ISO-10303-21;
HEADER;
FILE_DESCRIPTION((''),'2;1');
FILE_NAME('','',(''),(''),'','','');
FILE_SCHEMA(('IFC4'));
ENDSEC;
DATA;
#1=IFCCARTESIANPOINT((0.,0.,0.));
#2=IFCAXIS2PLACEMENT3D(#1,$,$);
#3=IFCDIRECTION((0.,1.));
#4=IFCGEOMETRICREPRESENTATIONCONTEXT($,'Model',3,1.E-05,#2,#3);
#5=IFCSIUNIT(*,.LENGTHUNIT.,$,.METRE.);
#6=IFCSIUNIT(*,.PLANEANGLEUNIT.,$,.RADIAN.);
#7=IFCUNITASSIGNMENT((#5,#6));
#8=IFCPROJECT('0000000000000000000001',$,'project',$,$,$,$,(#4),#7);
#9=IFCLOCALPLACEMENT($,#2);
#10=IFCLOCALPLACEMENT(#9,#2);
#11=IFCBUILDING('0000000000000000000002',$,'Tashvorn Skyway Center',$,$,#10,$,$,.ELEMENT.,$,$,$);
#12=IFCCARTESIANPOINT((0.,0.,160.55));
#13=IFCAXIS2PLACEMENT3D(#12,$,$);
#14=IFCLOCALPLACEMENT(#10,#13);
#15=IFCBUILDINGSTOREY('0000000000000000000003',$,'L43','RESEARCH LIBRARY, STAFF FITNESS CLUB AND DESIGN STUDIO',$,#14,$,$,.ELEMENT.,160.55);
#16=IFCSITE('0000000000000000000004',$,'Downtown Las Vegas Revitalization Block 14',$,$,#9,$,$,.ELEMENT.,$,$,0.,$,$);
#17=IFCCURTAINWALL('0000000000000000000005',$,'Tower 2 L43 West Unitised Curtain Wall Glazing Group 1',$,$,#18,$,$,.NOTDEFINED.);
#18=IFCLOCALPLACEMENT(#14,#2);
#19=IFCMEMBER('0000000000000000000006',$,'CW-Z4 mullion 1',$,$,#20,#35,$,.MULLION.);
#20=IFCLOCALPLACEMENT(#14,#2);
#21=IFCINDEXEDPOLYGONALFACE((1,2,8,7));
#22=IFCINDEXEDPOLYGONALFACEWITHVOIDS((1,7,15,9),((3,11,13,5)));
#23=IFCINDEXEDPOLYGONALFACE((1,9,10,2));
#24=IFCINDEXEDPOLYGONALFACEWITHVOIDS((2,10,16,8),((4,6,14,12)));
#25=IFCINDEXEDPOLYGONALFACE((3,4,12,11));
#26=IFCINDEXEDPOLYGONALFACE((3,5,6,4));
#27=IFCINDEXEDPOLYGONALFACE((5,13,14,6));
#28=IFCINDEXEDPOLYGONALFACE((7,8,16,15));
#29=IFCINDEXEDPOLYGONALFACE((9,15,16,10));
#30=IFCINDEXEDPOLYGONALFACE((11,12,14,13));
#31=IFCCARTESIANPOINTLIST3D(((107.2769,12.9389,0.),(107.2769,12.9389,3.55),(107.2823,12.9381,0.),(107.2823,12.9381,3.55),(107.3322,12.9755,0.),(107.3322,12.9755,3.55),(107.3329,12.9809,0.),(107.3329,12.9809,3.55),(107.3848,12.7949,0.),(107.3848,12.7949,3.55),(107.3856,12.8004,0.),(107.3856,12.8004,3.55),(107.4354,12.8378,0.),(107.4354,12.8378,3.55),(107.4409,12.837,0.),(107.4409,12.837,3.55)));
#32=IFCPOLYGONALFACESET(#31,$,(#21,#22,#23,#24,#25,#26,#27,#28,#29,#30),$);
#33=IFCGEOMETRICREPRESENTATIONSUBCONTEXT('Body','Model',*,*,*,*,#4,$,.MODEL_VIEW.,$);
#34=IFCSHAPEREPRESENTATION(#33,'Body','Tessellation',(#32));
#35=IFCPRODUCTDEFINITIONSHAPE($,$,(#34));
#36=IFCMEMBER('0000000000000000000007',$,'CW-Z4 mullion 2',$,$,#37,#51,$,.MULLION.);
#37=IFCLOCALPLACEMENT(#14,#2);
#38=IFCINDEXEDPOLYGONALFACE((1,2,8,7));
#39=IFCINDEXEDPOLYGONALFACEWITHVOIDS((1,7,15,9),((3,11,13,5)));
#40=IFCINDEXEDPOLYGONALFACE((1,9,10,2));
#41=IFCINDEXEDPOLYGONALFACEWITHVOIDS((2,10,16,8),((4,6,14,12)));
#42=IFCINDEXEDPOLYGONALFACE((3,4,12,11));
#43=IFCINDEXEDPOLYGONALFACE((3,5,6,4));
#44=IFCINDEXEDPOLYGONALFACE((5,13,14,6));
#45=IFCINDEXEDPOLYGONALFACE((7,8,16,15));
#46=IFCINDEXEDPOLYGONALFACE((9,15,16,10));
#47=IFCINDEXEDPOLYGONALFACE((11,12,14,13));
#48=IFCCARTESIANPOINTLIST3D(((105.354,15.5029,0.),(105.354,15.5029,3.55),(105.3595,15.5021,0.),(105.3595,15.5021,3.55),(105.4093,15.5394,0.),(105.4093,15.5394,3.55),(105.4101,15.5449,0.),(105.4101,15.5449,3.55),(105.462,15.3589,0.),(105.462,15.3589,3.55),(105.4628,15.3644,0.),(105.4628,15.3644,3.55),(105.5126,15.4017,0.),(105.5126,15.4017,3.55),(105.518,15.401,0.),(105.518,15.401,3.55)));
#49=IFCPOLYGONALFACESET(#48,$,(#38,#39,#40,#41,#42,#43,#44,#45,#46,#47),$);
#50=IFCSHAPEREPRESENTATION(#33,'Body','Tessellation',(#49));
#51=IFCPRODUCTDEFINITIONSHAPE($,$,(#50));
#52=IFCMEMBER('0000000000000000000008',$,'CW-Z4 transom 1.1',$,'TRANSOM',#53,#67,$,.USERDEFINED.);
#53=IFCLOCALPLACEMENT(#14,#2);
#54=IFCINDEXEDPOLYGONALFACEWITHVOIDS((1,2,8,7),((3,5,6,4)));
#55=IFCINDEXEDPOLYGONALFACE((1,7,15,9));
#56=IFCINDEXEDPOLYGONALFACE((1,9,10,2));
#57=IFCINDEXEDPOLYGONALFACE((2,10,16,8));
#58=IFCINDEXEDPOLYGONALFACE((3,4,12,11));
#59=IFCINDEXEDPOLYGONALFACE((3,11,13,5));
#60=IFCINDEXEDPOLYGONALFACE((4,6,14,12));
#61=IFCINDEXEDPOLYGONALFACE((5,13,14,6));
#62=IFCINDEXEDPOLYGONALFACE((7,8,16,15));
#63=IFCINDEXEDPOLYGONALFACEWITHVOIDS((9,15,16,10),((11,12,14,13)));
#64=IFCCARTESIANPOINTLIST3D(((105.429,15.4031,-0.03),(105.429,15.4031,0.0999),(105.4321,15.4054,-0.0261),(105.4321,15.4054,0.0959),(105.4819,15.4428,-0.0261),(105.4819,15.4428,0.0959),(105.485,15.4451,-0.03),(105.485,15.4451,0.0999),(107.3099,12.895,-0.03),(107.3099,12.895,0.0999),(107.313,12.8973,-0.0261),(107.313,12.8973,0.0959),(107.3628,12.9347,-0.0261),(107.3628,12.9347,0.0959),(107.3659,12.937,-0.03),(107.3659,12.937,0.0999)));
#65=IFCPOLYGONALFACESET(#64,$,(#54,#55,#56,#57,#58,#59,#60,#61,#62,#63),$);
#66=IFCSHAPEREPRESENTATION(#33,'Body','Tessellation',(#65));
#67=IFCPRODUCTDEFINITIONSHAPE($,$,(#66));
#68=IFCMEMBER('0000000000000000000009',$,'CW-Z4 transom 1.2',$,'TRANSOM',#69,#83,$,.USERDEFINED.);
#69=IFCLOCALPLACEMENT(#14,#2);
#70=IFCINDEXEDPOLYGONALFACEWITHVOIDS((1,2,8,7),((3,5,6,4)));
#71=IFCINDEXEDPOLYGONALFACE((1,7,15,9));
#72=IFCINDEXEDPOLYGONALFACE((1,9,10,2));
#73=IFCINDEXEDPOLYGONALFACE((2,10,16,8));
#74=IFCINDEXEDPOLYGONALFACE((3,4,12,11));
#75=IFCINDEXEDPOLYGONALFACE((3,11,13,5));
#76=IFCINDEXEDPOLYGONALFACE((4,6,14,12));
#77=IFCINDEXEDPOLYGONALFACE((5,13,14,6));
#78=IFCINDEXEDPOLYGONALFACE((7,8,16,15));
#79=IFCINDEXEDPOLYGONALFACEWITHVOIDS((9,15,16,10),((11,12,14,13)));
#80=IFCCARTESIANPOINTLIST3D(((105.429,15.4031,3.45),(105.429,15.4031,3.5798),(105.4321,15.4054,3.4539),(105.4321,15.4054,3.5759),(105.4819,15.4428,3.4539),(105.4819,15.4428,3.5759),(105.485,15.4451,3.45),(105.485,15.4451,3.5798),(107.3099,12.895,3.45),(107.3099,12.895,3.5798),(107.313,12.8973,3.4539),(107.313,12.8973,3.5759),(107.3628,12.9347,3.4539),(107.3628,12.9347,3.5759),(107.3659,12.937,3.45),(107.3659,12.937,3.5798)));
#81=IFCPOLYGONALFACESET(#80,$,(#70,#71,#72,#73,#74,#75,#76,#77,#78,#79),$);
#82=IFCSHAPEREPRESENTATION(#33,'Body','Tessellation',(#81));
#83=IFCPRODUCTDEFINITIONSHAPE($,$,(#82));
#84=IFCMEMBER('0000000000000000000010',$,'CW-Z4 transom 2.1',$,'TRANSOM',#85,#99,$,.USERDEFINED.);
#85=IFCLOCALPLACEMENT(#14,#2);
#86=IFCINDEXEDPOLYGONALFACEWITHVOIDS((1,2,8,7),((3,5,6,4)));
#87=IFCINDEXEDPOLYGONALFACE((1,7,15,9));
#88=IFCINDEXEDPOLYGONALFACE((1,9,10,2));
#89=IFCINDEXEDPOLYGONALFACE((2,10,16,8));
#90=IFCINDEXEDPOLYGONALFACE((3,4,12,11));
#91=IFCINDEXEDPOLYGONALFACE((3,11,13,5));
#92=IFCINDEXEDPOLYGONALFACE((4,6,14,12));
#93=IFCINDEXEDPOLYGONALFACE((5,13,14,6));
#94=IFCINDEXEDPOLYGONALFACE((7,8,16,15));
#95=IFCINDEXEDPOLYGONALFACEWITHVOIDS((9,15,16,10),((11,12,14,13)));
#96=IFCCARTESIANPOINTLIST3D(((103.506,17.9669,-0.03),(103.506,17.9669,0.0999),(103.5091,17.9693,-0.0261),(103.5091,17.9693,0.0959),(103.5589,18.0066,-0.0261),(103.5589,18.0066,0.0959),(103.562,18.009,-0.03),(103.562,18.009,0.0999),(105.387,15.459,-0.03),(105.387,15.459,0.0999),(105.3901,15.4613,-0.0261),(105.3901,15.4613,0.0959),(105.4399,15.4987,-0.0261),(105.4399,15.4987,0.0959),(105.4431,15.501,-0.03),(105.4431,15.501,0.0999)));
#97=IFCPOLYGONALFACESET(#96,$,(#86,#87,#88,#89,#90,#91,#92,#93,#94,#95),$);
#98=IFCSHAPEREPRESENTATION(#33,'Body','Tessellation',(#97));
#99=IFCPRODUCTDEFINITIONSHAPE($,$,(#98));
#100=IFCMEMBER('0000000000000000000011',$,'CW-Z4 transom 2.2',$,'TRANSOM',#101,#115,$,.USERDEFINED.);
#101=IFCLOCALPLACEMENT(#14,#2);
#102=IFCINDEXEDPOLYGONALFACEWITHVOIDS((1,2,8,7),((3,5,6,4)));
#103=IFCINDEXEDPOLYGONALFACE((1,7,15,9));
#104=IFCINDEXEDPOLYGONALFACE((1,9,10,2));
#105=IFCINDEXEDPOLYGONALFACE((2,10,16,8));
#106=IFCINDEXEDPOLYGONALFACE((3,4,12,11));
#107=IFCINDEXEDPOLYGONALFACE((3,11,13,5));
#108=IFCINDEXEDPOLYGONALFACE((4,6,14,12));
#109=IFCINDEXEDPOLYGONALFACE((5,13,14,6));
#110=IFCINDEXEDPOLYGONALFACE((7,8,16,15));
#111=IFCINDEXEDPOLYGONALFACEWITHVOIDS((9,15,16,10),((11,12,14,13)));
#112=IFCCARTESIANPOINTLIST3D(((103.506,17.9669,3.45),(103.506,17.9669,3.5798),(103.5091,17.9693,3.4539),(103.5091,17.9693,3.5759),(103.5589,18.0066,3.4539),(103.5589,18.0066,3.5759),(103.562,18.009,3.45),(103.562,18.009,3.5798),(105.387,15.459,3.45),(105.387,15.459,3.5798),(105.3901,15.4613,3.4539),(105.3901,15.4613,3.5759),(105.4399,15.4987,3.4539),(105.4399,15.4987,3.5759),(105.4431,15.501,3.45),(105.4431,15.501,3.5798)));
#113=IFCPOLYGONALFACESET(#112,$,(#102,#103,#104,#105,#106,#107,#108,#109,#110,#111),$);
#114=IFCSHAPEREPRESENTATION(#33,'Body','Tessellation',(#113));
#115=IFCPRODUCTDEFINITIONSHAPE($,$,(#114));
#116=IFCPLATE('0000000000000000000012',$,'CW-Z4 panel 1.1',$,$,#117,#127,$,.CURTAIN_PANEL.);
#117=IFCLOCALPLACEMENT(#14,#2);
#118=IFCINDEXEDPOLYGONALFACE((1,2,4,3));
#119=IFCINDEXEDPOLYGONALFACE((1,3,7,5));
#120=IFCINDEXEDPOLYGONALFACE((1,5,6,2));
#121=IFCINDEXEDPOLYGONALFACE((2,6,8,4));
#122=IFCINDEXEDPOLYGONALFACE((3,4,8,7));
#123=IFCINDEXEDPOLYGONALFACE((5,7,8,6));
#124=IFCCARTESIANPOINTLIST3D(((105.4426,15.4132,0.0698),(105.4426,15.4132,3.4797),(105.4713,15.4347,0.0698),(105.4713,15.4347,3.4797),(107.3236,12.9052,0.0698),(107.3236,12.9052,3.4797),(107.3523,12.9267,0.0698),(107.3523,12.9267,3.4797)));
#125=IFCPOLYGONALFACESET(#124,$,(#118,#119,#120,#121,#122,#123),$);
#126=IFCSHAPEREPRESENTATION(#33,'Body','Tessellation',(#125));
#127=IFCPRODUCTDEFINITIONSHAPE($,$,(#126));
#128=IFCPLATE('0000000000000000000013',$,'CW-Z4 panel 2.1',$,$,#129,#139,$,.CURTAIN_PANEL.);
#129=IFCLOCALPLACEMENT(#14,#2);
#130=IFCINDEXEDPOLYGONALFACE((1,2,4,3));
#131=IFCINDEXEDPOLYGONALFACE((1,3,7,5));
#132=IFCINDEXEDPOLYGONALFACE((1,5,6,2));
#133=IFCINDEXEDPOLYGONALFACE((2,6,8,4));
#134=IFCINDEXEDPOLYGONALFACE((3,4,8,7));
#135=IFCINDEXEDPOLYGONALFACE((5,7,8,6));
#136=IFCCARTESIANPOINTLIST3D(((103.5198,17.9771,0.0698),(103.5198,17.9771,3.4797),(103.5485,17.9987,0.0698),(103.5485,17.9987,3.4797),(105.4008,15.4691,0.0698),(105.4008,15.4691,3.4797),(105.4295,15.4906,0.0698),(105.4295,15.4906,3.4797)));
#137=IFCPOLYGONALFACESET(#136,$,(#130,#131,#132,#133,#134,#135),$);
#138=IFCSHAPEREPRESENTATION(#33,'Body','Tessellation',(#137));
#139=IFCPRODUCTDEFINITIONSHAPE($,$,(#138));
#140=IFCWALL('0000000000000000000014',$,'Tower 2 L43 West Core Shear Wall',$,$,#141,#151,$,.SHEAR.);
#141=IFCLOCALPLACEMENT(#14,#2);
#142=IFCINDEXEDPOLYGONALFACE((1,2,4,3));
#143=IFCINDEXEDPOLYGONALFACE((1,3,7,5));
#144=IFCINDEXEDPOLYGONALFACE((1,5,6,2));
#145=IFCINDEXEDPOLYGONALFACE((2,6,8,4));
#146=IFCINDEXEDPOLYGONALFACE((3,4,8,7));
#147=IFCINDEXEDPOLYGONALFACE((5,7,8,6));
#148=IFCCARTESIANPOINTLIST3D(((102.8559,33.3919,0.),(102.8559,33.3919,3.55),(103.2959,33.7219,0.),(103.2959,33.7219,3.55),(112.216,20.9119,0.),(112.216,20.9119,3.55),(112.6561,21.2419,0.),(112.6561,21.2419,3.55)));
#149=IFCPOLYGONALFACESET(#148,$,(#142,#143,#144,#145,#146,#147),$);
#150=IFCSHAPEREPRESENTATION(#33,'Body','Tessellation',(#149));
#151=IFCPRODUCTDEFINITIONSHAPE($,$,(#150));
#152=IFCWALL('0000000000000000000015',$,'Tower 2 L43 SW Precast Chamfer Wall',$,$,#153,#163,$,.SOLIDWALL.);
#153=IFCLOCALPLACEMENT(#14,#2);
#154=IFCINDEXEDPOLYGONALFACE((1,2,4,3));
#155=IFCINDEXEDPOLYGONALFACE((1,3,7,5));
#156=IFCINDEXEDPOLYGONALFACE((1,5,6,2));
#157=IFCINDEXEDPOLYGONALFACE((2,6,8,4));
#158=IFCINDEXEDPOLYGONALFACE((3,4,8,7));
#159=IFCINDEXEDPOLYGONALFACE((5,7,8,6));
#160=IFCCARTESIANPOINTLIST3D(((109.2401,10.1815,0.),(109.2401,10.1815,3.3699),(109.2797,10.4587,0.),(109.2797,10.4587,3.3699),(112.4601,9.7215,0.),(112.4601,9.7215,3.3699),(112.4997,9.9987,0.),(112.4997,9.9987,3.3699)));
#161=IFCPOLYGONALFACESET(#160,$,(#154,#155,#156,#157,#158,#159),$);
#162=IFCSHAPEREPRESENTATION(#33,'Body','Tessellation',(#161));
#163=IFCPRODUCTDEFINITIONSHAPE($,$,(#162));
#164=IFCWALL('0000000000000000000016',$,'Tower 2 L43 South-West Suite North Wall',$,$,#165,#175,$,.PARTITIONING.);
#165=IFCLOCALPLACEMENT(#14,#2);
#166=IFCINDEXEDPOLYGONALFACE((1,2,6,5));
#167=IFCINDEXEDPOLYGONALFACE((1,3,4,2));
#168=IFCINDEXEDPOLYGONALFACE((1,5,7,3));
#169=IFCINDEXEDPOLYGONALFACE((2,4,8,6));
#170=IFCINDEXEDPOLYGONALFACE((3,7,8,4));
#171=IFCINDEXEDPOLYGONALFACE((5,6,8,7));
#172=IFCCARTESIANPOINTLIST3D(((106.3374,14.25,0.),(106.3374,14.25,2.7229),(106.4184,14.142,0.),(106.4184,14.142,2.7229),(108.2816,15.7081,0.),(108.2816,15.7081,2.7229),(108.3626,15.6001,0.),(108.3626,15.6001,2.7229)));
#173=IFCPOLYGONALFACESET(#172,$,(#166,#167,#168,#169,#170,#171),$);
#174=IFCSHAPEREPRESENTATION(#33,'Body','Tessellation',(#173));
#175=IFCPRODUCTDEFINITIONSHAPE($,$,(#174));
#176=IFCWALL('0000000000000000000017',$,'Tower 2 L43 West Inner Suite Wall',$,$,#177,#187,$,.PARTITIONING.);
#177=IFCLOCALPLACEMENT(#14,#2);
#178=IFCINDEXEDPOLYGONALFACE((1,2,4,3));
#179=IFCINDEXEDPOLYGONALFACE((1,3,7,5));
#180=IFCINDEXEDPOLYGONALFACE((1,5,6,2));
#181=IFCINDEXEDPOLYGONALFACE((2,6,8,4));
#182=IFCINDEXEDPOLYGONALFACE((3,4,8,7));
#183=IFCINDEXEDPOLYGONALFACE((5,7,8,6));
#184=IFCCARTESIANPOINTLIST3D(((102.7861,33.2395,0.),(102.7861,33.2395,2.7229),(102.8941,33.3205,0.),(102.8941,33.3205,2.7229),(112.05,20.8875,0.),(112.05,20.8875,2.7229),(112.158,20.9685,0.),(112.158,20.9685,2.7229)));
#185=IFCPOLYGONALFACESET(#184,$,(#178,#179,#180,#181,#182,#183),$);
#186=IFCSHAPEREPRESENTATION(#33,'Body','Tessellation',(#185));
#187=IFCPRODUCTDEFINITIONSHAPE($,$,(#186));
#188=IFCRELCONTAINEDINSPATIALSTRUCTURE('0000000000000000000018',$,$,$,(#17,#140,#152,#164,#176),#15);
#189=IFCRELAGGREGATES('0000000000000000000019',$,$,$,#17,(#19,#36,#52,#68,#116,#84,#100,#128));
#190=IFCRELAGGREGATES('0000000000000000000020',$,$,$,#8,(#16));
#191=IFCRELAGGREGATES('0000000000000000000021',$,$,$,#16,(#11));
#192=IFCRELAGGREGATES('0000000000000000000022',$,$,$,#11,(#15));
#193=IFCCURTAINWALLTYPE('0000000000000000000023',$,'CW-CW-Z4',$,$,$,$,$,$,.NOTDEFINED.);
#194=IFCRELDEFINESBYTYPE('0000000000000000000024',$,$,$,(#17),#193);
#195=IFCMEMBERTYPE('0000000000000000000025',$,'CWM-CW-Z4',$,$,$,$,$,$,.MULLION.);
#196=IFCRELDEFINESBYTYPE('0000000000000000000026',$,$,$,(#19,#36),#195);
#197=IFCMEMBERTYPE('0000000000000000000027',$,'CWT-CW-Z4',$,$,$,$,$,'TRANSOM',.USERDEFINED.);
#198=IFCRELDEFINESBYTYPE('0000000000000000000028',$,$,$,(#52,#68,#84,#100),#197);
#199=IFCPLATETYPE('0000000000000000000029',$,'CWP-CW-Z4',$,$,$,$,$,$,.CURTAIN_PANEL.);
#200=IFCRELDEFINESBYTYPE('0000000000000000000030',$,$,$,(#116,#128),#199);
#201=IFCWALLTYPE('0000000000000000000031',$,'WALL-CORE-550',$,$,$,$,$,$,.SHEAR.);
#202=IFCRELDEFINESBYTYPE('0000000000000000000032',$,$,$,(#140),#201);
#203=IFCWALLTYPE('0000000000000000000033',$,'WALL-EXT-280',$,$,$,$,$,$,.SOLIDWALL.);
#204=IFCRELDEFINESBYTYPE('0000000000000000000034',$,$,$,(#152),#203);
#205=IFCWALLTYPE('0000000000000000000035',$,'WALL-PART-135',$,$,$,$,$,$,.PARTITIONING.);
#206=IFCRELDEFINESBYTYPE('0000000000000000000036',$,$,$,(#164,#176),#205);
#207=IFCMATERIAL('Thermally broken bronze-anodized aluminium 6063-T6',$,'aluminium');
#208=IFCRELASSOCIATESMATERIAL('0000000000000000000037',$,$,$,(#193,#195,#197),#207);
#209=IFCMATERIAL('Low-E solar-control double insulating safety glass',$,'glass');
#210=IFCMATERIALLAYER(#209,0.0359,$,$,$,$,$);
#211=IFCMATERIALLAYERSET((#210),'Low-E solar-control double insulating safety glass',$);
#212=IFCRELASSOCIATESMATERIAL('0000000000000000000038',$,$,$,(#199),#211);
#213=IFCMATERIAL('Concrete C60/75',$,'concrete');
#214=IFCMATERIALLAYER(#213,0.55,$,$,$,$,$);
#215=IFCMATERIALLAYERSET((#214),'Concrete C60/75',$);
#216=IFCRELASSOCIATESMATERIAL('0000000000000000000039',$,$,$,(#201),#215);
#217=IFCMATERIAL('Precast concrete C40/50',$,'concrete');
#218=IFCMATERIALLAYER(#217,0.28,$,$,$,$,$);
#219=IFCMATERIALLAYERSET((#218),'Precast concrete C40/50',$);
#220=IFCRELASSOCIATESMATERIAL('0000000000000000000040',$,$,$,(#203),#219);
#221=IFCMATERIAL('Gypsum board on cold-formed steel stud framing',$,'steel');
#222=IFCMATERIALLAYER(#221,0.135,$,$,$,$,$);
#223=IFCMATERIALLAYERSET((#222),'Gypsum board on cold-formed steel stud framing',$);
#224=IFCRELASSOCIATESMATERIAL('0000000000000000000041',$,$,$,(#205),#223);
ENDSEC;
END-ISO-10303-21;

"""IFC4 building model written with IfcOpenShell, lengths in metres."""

from ifc_helpers import new_model, si_unit, direction, frame, frame_2d, origin, origin_2d, place, context, subcontext, project, spatial, rectangle, hollow_rectangle, extrude, material, layer, layer_set, material_profile, profile_set, type_object, element, aggregate, save


model = new_model("IFC4")

# Units and contexts
model_context = context("Model", 3, precision=1e-05, world=origin(), true_north=direction((0.0, 1.0)))
body_context = subcontext(model_context, "Body", "Model", "MODEL_VIEW")
ifc_project = project(units=[si_unit("LENGTHUNIT", "METRE"), si_unit("PLANEANGLEUNIT", "RADIAN")], contexts=[model_context])

# Site, building, storey
site_placement = place(None, origin())
site = spatial("IfcSite", under=ifc_project, at=site_placement, Name="Downtown Las Vegas Revitalization Block 14", CompositionType="ELEMENT", RefElevation=0.0)
building_placement = place(site_placement, origin())
building = spatial("IfcBuilding", under=site, at=building_placement, Name="Tashvorn Skyway Center", CompositionType="ELEMENT")
storey_placement = place(building_placement, frame((0.0, 0.0, 160.55)))
storey = spatial("IfcBuildingStorey", under=building, at=storey_placement, Name="L43", Description="RESEARCH LIBRARY, STAFF FITNESS CLUB AND DESIGN STUDIO", CompositionType="ELEMENT", Elevation=160.55)

# Shared definitions
ifc_material_1 = material(Name="Concrete C60/75", Category="concrete")

# Curtain wall, members, plates
ifc_material_2 = material(Name="Thermally broken bronze-anodized aluminium 6063-T6", Category="aluminium")
curtain_wall_type = type_object("IfcCurtainWallType", Name="CW-CW-Z4", PredefinedType="NOTDEFINED", material=ifc_material_2)
curtain_wall_placement = place(storey_placement, origin())
curtain_wall = element("IfcCurtainWall", 1, at=curtain_wall_placement, inside=storey, type_object=curtain_wall_type, Name="Tower 2 L43 West Unitised Curtain Wall Glazing Group 1", PredefinedType="NOTDEFINED")
ifc_material_profile_1 = material_profile(ifc_material_2, hollow_rectangle(XDim=0.0701, YDim=0.1799, WallThickness=0.0039, at=origin_2d()), Name="ALU-MULL-70x180")
ifc_profile_set_1 = profile_set([ifc_material_profile_1], Name="Thermally broken bronze-anodized aluminium 6063-T6")
member_type_1 = type_object("IfcMemberType", Name="CWM-CW-Z4", PredefinedType="MULLION", material=ifc_profile_set_1)
member_1_placement = place(storey_placement, frame((107.3589, 12.8879, 0.0), z_axis=(0.0, 0.0, 1.0), x_axis=(-0.8, -0.6, 0.0)))
member_1 = element("IfcMember", 2, at=member_1_placement, type_object=member_type_1, Name="CW-Z4 mullion 1", PredefinedType="MULLION", context=body_context, shape_type="SweptSolid", body=[
    extrude(hollow_rectangle(XDim=0.0701, YDim=0.1799, WallThickness=0.0039, at=origin_2d()), origin(), (0.0, 0.0, 1.0), 3.55),
])
member_2_placement = place(storey_placement, frame((105.436, 15.4519, 0.0), z_axis=(0.0, 0.0, 1.0), x_axis=(-0.8, -0.6, 0.0)))
member_2 = element("IfcMember", 3, at=member_2_placement, type_object=member_type_1, Name="CW-Z4 mullion 2", PredefinedType="MULLION", context=body_context, shape_type="SweptSolid", body=[
    extrude(hollow_rectangle(XDim=0.0701, YDim=0.1799, WallThickness=0.0039, at=origin_2d()), origin(), (0.0, 0.0, 1.0), 3.55),
])
ifc_material_profile_2 = material_profile(ifc_material_2, hollow_rectangle(XDim=0.0701, YDim=0.1299, WallThickness=0.0039, at=origin_2d()), Name="ALU-TRAN-70x130")
ifc_profile_set_2 = profile_set([ifc_material_profile_2], Name="Thermally broken bronze-anodized aluminium 6063-T6")
member_type_2 = type_object("IfcMemberType", Name="CWT-CW-Z4", ElementType="TRANSOM", PredefinedType="USERDEFINED", material=ifc_profile_set_2)
member_3_placement = place(storey_placement, frame((107.3379, 12.916, 0.0349), z_axis=(-0.599963, 0.800028, 0.0), x_axis=(-0.800028, -0.599963, 0.0)))
member_3 = element("IfcMember", 4, at=member_3_placement, type_object=member_type_2, Name="CW-Z4 transom 1.1", ObjectType="TRANSOM", PredefinedType="USERDEFINED", context=body_context, shape_type="SweptSolid", body=[
    extrude(hollow_rectangle(XDim=0.0701, YDim=0.1299, WallThickness=0.0039, at=origin_2d()), origin(), (0.0, 0.0, 1.0), 3.135),
])
member_4_placement = place(storey_placement, frame((107.3379, 12.916, 3.5149), z_axis=(-0.599963, 0.800028, 0.0), x_axis=(-0.800028, -0.599963, 0.0)))
member_4 = element("IfcMember", 5, at=member_4_placement, type_object=member_type_2, Name="CW-Z4 transom 1.2", ObjectType="TRANSOM", PredefinedType="USERDEFINED", context=body_context, shape_type="SweptSolid", body=[
    extrude(hollow_rectangle(XDim=0.0701, YDim=0.1299, WallThickness=0.0039, at=origin_2d()), origin(), (0.0, 0.0, 1.0), 3.135),
])
member_5_placement = place(storey_placement, frame((105.415, 15.48, 0.0349), z_axis=(-0.600012, 0.799991, 0.0), x_axis=(-0.799991, -0.600012, 0.0)))
member_5 = element("IfcMember", 6, at=member_5_placement, type_object=member_type_2, Name="CW-Z4 transom 2.1", ObjectType="TRANSOM", PredefinedType="USERDEFINED", context=body_context, shape_type="SweptSolid", body=[
    extrude(hollow_rectangle(XDim=0.0701, YDim=0.1299, WallThickness=0.0039, at=origin_2d()), origin(), (0.0, 0.0, 1.0), 3.135),
])
member_6_placement = place(storey_placement, frame((105.415, 15.48, 3.5149), z_axis=(-0.600012, 0.799991, 0.0), x_axis=(-0.799991, -0.600012, 0.0)))
member_6 = element("IfcMember", 7, at=member_6_placement, type_object=member_type_2, Name="CW-Z4 transom 2.2", ObjectType="TRANSOM", PredefinedType="USERDEFINED", context=body_context, shape_type="SweptSolid", body=[
    extrude(hollow_rectangle(XDim=0.0701, YDim=0.1299, WallThickness=0.0039, at=origin_2d()), origin(), (0.0, 0.0, 1.0), 3.135),
])
ifc_material_3 = material(Name="Low-E solar-control double insulating safety glass", Category="glass")
ifc_layer_1 = layer(ifc_material_3, 0.0359)
ifc_layer_set_1 = layer_set([ifc_layer_1], Name="Low-E solar-control double insulating safety glass")
plate_type = type_object("IfcPlateType", Name="CWP-CW-Z4", PredefinedType="CURTAIN_PANEL", material=ifc_layer_set_1)
plate_1_placement = place(storey_placement, frame((106.3975, 14.1699, 0.0698), z_axis=(0.0, 0.0, 1.0), x_axis=(-0.6, 0.8, 0.0)))
plate_1 = element("IfcPlate", 8, at=plate_1_placement, type_object=plate_type, Name="CW-Z4 panel 1.1", PredefinedType="CURTAIN_PANEL", context=body_context, shape_type="SweptSolid", body=[
    extrude(rectangle(XDim=3.135, YDim=0.0359, at=origin_2d()), origin(), (0.0, 0.0, 1.0), 3.4099),
])
plate_2_placement = place(storey_placement, frame((104.4746, 16.7339, 0.0698), z_axis=(0.0, 0.0, 1.0), x_axis=(-0.6, 0.8, 0.0)))
plate_2 = element("IfcPlate", 9, at=plate_2_placement, type_object=plate_type, Name="CW-Z4 panel 2.1", PredefinedType="CURTAIN_PANEL", context=body_context, shape_type="SweptSolid", body=[
    extrude(rectangle(XDim=3.135, YDim=0.0359, at=origin_2d()), origin(), (0.0, 0.0, 1.0), 3.4099),
])
aggregate(curtain_wall, [member_1, member_2, member_3, member_4, plate_1, member_5, member_6, plate_2])

# Walls
ifc_layer_2 = layer(ifc_material_1, 0.55)
ifc_layer_set_2 = layer_set([ifc_layer_2], Name="Concrete C60/75")
wall_type_1 = type_object("IfcWallType", Name="WALL-CORE-550", PredefinedType="SHEAR", material=ifc_layer_set_2)
wall_1_placement = place(storey_placement, frame((112.436, 21.0769, 0.0), z_axis=(0.0, 0.0, 1.0), x_axis=(-0.600005, 0.799996, 0.0)))
element("IfcWall", 10, at=wall_1_placement, inside=storey, type_object=wall_type_1, Name="Tower 2 L43 West Core Shear Wall", PredefinedType="SHEAR", context=body_context, shape_type="SweptSolid", body=[
    extrude(rectangle(XDim=15.6001, YDim=0.55, at=frame_2d((7.8, 0.0))), origin(), (0.0, 0.0, 1.0), 3.55),
])
ifc_material_4 = material(Name="Precast concrete C40/50", Category="concrete")
ifc_layer_3 = layer(ifc_material_4, 0.28)
ifc_layer_set_3 = layer_set([ifc_layer_3], Name="Precast concrete C40/50")
wall_type_2 = type_object("IfcWallType", Name="WALL-EXT-280", PredefinedType="SOLIDWALL", material=ifc_layer_set_3)
wall_2_placement = place(storey_placement, frame((112.48, 9.8601, 0.0), z_axis=(0.0, 0.0, 1.0), x_axis=(-0.989951, 0.141411, 0.0)))
element("IfcWall", 11, at=wall_2_placement, inside=storey, type_object=wall_type_2, Name="Tower 2 L43 SW Precast Chamfer Wall", PredefinedType="SOLIDWALL", context=body_context, shape_type="SweptSolid", body=[
    extrude(rectangle(XDim=3.2527, YDim=0.28, at=frame_2d((1.6265, 0.0))), origin(), (0.0, 0.0, 1.0), 3.3699),
])
ifc_material_5 = material(Name="Gypsum board on cold-formed steel stud framing", Category="steel")
ifc_layer_4 = layer(ifc_material_5, 0.135)
ifc_layer_set_4 = layer_set([ifc_layer_4], Name="Gypsum board on cold-formed steel stud framing")
wall_type_3 = type_object("IfcWallType", Name="WALL-PART-135", PredefinedType="PARTITIONING", material=ifc_layer_set_4)
wall_3_placement = place(storey_placement, frame((106.3779, 14.196, 0.0), z_axis=(0.0, 0.0, 1.0), x_axis=(0.800012, 0.599984, 0.0)))
element("IfcWall", 12, at=wall_3_placement, inside=storey, type_object=wall_type_3, Name="Tower 2 L43 South-West Suite North Wall", PredefinedType="PARTITIONING", context=body_context, shape_type="SweptSolid", body=[
    extrude(rectangle(XDim=2.4302, YDim=0.135, at=frame_2d((1.2151, 0.0))), origin(), (0.0, 0.0, 1.0), 2.7229),
])
wall_4_placement = place(storey_placement, frame((112.104, 20.928, 0.0), z_axis=(0.0, 0.0, 1.0), x_axis=(-0.599995, 0.800004, 0.0)))
element("IfcWall", 13, at=wall_4_placement, inside=storey, type_object=wall_type_3, Name="Tower 2 L43 West Inner Suite Wall", PredefinedType="PARTITIONING", context=body_context, shape_type="SweptSolid", body=[
    extrude(rectangle(XDim=15.4399, YDim=0.135, at=frame_2d((7.72, 0.0))), origin(), (0.0, 0.0, 1.0), 2.7229),
])

save(model, "model.ifc")
